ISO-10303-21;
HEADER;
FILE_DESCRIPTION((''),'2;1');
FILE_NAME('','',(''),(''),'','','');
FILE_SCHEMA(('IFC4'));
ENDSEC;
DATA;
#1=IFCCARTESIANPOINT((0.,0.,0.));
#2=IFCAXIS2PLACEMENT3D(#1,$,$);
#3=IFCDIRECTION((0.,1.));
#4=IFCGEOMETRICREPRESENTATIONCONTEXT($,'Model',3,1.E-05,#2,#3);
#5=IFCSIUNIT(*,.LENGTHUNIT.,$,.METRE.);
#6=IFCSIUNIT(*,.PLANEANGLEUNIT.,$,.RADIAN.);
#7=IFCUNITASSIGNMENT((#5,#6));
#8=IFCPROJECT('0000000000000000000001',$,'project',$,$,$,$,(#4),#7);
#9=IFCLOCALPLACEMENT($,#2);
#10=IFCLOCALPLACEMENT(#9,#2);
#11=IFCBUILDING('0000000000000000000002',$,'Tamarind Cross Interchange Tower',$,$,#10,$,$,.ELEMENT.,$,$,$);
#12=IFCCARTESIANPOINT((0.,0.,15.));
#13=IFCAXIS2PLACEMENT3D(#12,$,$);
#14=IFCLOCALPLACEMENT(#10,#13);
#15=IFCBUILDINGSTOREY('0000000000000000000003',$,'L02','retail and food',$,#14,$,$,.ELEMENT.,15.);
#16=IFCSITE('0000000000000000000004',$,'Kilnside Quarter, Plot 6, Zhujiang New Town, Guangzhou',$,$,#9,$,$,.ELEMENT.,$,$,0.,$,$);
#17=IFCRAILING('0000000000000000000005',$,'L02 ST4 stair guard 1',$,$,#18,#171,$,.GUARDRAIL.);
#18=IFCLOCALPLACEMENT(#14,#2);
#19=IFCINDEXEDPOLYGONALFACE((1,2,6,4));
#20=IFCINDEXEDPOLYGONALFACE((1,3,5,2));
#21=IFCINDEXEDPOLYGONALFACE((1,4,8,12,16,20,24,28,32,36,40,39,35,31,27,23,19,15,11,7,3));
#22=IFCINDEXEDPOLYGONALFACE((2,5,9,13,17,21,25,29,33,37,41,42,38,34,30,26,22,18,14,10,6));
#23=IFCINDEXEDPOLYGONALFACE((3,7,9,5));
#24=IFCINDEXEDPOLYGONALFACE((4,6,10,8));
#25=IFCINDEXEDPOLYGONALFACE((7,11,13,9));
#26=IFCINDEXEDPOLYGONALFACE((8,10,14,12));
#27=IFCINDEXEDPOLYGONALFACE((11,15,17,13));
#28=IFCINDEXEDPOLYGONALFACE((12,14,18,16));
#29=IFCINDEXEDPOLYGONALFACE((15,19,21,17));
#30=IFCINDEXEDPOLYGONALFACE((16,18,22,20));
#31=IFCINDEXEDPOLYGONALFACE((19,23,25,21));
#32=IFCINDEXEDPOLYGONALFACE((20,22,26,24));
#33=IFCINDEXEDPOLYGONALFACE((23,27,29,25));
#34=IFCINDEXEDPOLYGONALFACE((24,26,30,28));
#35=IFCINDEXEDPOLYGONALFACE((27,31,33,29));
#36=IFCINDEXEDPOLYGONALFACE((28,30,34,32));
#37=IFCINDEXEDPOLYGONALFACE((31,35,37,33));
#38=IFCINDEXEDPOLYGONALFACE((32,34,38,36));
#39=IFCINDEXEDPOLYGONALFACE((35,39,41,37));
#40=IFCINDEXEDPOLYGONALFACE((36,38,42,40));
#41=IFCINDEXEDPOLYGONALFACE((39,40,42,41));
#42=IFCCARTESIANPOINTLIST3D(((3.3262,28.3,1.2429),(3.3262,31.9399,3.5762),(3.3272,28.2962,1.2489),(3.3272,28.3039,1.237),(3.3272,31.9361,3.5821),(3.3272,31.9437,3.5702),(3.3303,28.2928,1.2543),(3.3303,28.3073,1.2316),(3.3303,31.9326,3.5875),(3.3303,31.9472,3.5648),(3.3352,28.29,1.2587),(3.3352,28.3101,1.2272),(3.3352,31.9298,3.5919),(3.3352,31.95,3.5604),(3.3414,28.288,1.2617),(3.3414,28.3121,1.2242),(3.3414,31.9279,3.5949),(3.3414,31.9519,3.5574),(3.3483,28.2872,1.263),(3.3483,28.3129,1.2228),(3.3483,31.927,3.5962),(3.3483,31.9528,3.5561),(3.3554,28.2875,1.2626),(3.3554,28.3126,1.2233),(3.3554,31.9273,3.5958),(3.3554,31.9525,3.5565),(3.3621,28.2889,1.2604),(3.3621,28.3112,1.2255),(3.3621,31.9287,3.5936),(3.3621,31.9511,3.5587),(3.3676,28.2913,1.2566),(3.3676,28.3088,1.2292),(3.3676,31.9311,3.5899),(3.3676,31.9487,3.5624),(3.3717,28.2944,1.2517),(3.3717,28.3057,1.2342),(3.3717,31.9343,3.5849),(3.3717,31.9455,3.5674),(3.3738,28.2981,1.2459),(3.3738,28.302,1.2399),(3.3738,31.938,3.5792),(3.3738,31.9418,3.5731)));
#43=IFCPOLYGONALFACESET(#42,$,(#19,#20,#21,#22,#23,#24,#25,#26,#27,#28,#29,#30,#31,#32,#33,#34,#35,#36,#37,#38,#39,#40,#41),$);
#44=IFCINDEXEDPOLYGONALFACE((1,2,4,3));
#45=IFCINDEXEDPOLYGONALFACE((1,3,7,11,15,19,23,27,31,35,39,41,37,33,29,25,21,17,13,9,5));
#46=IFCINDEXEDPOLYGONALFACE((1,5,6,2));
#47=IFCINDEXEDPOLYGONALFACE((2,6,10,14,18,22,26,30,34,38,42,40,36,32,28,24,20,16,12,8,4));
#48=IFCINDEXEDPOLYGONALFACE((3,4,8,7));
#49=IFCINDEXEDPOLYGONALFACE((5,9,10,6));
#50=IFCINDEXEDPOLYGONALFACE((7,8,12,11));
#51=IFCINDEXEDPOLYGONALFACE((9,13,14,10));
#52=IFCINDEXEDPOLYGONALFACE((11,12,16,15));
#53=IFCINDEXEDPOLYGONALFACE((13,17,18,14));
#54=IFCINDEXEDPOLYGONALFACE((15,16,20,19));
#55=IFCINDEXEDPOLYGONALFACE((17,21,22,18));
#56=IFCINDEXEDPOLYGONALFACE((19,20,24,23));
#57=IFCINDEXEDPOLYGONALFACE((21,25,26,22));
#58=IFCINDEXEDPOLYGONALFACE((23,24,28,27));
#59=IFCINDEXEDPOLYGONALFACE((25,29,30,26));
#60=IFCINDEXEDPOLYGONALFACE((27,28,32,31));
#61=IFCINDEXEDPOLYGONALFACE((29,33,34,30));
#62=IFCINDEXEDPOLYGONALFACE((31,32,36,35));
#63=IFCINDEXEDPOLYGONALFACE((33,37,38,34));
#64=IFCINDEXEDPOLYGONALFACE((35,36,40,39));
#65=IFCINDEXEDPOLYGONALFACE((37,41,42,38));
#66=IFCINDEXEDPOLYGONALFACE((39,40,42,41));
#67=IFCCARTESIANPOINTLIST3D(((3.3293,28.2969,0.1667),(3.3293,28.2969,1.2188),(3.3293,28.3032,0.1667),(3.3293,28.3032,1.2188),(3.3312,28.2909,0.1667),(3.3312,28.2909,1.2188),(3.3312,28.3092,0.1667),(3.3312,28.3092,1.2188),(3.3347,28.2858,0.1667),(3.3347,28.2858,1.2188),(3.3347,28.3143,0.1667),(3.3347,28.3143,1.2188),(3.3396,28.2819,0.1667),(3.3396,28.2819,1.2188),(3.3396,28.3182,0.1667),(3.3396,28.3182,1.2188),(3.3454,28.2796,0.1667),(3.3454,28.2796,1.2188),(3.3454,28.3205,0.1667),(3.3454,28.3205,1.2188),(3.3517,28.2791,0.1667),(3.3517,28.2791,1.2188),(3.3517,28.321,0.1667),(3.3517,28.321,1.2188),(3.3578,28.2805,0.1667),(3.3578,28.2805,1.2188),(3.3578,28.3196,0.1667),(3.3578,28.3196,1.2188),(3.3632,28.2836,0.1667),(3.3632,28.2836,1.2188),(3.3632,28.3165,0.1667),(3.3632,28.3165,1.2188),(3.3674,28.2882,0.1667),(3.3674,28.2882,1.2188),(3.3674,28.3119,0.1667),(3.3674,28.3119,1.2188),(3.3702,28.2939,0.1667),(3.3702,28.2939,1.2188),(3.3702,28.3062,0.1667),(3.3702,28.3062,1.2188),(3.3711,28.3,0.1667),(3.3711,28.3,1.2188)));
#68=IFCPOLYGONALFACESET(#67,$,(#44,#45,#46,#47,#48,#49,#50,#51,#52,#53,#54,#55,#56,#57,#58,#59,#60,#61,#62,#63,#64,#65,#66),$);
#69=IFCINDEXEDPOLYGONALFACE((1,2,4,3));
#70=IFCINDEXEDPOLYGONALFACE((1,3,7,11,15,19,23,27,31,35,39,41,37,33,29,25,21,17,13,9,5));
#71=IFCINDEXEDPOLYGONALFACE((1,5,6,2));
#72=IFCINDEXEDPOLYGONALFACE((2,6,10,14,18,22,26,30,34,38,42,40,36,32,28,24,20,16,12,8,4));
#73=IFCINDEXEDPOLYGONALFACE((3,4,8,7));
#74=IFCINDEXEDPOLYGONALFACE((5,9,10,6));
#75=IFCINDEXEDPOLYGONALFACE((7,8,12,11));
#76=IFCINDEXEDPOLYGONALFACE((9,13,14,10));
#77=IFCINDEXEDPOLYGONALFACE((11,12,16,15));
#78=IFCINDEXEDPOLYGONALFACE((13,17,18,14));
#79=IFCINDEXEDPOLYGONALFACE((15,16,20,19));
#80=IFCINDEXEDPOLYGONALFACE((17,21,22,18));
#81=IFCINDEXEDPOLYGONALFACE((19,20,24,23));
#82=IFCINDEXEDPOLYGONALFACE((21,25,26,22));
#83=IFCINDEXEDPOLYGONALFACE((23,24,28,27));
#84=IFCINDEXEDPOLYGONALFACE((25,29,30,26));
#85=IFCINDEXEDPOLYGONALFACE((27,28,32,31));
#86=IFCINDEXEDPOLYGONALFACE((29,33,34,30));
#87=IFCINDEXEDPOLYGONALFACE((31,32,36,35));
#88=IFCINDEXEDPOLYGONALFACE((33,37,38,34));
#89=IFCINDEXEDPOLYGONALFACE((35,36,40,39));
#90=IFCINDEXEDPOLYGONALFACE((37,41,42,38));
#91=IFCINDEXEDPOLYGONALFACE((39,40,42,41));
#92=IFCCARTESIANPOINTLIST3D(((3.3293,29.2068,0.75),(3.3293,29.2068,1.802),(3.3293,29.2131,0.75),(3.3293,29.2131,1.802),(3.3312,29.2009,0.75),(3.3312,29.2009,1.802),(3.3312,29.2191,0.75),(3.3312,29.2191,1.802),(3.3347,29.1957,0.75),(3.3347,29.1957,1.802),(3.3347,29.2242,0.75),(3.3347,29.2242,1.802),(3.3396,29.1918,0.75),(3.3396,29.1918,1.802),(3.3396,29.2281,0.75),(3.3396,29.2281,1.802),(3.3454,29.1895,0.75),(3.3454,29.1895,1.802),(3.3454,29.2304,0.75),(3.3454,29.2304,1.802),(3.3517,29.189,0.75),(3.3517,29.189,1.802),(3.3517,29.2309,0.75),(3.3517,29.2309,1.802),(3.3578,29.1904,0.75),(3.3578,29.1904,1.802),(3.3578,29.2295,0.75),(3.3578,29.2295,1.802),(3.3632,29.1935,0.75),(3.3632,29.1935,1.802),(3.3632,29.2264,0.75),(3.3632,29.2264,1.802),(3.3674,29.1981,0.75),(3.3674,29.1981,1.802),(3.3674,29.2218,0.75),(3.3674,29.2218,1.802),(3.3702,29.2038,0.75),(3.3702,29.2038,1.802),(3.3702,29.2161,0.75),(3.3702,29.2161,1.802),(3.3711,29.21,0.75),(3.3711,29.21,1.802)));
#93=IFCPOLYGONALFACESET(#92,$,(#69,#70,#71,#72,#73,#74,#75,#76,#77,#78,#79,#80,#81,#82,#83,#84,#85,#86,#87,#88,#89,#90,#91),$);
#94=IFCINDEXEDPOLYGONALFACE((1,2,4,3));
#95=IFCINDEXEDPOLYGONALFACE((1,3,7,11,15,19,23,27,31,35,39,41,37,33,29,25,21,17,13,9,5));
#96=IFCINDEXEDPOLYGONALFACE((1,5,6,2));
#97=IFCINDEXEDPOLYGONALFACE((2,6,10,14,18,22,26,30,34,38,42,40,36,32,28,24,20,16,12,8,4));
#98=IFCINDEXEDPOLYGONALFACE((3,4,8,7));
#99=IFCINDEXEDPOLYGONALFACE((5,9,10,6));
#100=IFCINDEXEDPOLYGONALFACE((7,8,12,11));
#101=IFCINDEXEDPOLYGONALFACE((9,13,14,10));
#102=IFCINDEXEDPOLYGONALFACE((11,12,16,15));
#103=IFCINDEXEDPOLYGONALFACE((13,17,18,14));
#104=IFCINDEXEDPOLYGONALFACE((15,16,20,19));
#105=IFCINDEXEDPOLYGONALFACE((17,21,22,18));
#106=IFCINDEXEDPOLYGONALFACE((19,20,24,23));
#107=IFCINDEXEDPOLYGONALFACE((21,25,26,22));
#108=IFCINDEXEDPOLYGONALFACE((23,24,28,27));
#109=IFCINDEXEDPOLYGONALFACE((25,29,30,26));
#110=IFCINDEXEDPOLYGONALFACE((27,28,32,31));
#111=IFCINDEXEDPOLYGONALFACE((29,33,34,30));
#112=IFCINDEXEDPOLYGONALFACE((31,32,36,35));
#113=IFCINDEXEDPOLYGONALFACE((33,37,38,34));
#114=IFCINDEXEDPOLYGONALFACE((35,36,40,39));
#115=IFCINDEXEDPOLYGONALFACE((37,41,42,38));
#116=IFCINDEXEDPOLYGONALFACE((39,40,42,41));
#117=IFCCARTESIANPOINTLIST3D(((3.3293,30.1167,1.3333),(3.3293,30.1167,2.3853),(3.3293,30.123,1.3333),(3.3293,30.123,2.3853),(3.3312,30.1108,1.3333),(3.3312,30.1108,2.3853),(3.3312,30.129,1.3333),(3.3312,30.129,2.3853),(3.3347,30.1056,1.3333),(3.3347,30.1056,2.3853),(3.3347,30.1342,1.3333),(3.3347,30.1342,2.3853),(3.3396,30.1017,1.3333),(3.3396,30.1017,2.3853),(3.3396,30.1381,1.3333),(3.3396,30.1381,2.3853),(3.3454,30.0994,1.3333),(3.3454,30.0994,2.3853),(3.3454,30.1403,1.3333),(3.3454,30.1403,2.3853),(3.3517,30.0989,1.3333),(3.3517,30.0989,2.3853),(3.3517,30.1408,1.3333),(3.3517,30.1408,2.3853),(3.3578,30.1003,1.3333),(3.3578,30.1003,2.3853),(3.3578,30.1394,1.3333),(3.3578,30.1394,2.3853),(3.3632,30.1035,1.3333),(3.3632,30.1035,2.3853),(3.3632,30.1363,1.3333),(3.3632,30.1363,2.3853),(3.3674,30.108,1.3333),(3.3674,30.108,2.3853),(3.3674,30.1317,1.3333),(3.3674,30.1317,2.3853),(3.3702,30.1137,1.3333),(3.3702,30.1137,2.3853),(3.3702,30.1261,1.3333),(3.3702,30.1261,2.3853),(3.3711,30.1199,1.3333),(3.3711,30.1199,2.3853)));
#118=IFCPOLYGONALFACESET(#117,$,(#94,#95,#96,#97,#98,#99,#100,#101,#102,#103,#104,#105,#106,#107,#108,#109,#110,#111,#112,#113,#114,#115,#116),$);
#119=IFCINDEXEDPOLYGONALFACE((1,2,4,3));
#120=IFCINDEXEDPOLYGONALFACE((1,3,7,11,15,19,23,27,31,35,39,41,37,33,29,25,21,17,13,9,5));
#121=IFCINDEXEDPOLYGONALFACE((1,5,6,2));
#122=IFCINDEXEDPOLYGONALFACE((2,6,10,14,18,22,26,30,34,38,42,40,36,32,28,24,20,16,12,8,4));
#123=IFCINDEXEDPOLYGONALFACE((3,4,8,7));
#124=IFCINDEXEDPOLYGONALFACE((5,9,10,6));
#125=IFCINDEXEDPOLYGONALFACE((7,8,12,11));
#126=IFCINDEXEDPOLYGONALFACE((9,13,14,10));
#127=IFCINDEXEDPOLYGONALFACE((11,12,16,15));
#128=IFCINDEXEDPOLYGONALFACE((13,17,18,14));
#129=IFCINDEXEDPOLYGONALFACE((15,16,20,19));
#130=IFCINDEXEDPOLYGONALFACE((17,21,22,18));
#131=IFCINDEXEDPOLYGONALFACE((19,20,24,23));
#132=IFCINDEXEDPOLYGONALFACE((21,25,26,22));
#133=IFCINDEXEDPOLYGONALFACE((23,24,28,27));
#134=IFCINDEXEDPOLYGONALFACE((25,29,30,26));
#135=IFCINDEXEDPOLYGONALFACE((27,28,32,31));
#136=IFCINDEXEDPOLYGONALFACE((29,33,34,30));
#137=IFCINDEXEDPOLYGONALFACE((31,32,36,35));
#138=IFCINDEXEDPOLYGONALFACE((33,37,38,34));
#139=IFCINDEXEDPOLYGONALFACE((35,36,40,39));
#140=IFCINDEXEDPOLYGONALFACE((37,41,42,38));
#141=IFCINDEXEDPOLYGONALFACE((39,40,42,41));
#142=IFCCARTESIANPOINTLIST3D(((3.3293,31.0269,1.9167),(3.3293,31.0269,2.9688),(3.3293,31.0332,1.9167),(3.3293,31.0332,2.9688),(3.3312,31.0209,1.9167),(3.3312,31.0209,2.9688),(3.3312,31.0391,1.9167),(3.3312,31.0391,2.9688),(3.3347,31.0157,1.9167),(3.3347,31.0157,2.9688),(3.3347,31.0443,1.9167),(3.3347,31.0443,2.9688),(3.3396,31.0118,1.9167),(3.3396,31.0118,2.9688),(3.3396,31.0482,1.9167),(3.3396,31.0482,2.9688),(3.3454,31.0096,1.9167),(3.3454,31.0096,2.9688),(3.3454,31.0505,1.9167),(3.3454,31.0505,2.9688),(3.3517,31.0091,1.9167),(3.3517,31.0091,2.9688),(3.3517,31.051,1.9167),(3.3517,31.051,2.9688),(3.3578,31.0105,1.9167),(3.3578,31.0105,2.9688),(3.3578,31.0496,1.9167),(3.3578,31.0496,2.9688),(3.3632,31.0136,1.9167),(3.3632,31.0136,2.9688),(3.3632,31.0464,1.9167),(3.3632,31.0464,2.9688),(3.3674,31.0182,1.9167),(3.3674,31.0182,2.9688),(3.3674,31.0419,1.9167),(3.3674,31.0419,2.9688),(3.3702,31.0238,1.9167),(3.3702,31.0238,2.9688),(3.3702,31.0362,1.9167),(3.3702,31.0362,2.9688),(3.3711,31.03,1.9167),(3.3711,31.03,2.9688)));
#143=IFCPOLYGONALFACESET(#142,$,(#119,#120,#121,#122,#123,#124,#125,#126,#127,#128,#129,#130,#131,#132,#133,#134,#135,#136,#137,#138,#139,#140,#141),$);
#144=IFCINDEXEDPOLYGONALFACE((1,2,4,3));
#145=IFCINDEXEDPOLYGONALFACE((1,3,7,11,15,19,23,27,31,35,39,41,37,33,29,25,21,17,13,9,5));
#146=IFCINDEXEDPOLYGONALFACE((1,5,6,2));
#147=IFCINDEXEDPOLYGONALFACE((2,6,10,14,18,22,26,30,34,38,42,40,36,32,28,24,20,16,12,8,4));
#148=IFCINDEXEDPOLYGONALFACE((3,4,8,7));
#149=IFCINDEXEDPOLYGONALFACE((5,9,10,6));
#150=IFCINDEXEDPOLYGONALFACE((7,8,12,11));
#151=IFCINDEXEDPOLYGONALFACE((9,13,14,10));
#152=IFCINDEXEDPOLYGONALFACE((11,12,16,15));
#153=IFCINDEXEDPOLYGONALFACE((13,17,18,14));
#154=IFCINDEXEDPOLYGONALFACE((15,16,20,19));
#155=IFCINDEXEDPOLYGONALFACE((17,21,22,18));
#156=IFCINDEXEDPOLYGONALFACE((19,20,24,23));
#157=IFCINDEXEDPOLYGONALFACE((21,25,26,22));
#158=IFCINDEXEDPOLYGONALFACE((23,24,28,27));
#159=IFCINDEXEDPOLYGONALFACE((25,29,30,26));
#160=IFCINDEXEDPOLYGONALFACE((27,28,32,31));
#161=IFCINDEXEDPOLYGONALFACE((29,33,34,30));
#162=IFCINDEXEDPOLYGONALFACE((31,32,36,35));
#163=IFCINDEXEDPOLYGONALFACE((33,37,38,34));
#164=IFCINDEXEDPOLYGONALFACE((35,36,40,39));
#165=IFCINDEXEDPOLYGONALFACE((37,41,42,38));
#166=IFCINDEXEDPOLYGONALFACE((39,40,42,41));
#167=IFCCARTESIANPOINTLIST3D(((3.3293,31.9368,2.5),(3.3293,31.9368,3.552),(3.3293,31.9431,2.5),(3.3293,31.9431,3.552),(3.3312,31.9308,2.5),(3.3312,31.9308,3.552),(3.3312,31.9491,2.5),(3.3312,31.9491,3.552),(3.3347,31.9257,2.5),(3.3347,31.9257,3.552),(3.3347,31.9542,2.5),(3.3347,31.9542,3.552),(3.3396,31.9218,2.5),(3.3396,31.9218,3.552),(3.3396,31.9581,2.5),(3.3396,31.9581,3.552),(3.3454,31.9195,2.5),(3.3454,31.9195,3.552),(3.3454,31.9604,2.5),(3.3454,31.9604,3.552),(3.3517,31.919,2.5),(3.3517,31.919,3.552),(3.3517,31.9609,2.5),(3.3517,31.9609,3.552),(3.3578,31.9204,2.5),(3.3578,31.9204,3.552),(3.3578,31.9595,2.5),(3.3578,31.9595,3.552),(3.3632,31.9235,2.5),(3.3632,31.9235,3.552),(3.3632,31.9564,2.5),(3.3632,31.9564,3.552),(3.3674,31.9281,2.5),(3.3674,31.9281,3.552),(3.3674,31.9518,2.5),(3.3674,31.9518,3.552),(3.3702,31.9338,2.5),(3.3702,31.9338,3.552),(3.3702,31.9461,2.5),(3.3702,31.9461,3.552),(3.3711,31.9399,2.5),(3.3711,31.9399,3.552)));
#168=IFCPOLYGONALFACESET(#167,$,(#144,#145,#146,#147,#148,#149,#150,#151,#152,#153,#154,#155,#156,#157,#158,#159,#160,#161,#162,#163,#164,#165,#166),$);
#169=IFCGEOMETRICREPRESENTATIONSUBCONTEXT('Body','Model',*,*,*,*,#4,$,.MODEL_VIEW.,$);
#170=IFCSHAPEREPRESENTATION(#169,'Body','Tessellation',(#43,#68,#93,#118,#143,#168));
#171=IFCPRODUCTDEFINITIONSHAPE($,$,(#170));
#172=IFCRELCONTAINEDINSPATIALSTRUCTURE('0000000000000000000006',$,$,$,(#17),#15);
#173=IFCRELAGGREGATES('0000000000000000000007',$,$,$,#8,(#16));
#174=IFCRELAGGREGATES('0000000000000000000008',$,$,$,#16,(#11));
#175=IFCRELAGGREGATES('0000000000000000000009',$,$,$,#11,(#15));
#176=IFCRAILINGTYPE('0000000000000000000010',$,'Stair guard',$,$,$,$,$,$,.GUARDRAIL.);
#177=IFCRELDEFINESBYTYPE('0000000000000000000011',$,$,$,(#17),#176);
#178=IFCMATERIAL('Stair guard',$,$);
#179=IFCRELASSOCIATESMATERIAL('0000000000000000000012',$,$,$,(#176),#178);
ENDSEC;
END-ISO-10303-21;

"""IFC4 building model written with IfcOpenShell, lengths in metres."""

from ifc_helpers import new_model, si_unit, direction, frame, origin, origin_2d, place, context, subcontext, project, spatial, circle, extrude, material, type_object, element, save


model = new_model("IFC4")

# Units and contexts
model_context = context("Model", 3, precision=1e-05, world=origin(), true_north=direction((0.0, 1.0)))
body_context = subcontext(model_context, "Body", "Model", "MODEL_VIEW")
ifc_project = project(units=[si_unit("LENGTHUNIT", "METRE"), si_unit("PLANEANGLEUNIT", "RADIAN")], contexts=[model_context])

# Site, building, storey
site_placement = place(None, origin())
site = spatial("IfcSite", under=ifc_project, at=site_placement, Name="Kilnside Quarter, Plot 6, Zhujiang New Town, Guangzhou", CompositionType="ELEMENT", RefElevation=0.0)
building_placement = place(site_placement, origin())
building = spatial("IfcBuilding", under=site, at=building_placement, Name="Tamarind Cross Interchange Tower", CompositionType="ELEMENT")
storey_placement = place(building_placement, frame((0.0, 0.0, 15.0)))
storey = spatial("IfcBuildingStorey", under=building, at=storey_placement, Name="L02", Description="retail and food", CompositionType="ELEMENT", Elevation=15.0)

# Railing
ifc_material_1 = material(Name="Stair guard")
railing_type_1 = type_object("IfcRailingType", Name="Stair guard", PredefinedType="GUARDRAIL", material=ifc_material_1)
railing_1_placement = place(storey_placement, frame((3.3501, 28.3, 0.1667)))
element("IfcRailing", 1, at=railing_1_placement, inside=storey, type_object=railing_type_1, Name="L02 ST4 stair guard 1", PredefinedType="GUARDRAIL", context=body_context, shape_type="SweptSolid", body=[
    extrude(circle(Radius=0.0239, at=origin_2d()), frame((0.0, 0.0, 1.0762), z_axis=(0.0, 0.84188, 0.539664), x_axis=(-1.0, 0.0, 0.0)), (0.0, 0.0, 1.0), 4.3235),
    extrude(circle(Radius=0.021, at=origin_2d()), origin(), (0.0, 0.0, 1.0), 1.052),
    extrude(circle(Radius=0.021, at=origin_2d()), frame((0.0, 0.9099, 0.5833)), (0.0, 0.0, 1.0), 1.052),
    extrude(circle(Radius=0.021, at=origin_2d()), frame((0.0, 1.8198, 1.1665)), (0.0, 0.0, 1.0), 1.052),
    extrude(circle(Radius=0.021, at=origin_2d()), frame((0.0, 2.73, 1.75)), (0.0, 0.0, 1.0), 1.052),
    extrude(circle(Radius=0.021, at=origin_2d()), frame((0.0, 3.6399, 2.3333)), (0.0, 0.0, 1.0), 1.052),
])

save(model, "model.ifc")
